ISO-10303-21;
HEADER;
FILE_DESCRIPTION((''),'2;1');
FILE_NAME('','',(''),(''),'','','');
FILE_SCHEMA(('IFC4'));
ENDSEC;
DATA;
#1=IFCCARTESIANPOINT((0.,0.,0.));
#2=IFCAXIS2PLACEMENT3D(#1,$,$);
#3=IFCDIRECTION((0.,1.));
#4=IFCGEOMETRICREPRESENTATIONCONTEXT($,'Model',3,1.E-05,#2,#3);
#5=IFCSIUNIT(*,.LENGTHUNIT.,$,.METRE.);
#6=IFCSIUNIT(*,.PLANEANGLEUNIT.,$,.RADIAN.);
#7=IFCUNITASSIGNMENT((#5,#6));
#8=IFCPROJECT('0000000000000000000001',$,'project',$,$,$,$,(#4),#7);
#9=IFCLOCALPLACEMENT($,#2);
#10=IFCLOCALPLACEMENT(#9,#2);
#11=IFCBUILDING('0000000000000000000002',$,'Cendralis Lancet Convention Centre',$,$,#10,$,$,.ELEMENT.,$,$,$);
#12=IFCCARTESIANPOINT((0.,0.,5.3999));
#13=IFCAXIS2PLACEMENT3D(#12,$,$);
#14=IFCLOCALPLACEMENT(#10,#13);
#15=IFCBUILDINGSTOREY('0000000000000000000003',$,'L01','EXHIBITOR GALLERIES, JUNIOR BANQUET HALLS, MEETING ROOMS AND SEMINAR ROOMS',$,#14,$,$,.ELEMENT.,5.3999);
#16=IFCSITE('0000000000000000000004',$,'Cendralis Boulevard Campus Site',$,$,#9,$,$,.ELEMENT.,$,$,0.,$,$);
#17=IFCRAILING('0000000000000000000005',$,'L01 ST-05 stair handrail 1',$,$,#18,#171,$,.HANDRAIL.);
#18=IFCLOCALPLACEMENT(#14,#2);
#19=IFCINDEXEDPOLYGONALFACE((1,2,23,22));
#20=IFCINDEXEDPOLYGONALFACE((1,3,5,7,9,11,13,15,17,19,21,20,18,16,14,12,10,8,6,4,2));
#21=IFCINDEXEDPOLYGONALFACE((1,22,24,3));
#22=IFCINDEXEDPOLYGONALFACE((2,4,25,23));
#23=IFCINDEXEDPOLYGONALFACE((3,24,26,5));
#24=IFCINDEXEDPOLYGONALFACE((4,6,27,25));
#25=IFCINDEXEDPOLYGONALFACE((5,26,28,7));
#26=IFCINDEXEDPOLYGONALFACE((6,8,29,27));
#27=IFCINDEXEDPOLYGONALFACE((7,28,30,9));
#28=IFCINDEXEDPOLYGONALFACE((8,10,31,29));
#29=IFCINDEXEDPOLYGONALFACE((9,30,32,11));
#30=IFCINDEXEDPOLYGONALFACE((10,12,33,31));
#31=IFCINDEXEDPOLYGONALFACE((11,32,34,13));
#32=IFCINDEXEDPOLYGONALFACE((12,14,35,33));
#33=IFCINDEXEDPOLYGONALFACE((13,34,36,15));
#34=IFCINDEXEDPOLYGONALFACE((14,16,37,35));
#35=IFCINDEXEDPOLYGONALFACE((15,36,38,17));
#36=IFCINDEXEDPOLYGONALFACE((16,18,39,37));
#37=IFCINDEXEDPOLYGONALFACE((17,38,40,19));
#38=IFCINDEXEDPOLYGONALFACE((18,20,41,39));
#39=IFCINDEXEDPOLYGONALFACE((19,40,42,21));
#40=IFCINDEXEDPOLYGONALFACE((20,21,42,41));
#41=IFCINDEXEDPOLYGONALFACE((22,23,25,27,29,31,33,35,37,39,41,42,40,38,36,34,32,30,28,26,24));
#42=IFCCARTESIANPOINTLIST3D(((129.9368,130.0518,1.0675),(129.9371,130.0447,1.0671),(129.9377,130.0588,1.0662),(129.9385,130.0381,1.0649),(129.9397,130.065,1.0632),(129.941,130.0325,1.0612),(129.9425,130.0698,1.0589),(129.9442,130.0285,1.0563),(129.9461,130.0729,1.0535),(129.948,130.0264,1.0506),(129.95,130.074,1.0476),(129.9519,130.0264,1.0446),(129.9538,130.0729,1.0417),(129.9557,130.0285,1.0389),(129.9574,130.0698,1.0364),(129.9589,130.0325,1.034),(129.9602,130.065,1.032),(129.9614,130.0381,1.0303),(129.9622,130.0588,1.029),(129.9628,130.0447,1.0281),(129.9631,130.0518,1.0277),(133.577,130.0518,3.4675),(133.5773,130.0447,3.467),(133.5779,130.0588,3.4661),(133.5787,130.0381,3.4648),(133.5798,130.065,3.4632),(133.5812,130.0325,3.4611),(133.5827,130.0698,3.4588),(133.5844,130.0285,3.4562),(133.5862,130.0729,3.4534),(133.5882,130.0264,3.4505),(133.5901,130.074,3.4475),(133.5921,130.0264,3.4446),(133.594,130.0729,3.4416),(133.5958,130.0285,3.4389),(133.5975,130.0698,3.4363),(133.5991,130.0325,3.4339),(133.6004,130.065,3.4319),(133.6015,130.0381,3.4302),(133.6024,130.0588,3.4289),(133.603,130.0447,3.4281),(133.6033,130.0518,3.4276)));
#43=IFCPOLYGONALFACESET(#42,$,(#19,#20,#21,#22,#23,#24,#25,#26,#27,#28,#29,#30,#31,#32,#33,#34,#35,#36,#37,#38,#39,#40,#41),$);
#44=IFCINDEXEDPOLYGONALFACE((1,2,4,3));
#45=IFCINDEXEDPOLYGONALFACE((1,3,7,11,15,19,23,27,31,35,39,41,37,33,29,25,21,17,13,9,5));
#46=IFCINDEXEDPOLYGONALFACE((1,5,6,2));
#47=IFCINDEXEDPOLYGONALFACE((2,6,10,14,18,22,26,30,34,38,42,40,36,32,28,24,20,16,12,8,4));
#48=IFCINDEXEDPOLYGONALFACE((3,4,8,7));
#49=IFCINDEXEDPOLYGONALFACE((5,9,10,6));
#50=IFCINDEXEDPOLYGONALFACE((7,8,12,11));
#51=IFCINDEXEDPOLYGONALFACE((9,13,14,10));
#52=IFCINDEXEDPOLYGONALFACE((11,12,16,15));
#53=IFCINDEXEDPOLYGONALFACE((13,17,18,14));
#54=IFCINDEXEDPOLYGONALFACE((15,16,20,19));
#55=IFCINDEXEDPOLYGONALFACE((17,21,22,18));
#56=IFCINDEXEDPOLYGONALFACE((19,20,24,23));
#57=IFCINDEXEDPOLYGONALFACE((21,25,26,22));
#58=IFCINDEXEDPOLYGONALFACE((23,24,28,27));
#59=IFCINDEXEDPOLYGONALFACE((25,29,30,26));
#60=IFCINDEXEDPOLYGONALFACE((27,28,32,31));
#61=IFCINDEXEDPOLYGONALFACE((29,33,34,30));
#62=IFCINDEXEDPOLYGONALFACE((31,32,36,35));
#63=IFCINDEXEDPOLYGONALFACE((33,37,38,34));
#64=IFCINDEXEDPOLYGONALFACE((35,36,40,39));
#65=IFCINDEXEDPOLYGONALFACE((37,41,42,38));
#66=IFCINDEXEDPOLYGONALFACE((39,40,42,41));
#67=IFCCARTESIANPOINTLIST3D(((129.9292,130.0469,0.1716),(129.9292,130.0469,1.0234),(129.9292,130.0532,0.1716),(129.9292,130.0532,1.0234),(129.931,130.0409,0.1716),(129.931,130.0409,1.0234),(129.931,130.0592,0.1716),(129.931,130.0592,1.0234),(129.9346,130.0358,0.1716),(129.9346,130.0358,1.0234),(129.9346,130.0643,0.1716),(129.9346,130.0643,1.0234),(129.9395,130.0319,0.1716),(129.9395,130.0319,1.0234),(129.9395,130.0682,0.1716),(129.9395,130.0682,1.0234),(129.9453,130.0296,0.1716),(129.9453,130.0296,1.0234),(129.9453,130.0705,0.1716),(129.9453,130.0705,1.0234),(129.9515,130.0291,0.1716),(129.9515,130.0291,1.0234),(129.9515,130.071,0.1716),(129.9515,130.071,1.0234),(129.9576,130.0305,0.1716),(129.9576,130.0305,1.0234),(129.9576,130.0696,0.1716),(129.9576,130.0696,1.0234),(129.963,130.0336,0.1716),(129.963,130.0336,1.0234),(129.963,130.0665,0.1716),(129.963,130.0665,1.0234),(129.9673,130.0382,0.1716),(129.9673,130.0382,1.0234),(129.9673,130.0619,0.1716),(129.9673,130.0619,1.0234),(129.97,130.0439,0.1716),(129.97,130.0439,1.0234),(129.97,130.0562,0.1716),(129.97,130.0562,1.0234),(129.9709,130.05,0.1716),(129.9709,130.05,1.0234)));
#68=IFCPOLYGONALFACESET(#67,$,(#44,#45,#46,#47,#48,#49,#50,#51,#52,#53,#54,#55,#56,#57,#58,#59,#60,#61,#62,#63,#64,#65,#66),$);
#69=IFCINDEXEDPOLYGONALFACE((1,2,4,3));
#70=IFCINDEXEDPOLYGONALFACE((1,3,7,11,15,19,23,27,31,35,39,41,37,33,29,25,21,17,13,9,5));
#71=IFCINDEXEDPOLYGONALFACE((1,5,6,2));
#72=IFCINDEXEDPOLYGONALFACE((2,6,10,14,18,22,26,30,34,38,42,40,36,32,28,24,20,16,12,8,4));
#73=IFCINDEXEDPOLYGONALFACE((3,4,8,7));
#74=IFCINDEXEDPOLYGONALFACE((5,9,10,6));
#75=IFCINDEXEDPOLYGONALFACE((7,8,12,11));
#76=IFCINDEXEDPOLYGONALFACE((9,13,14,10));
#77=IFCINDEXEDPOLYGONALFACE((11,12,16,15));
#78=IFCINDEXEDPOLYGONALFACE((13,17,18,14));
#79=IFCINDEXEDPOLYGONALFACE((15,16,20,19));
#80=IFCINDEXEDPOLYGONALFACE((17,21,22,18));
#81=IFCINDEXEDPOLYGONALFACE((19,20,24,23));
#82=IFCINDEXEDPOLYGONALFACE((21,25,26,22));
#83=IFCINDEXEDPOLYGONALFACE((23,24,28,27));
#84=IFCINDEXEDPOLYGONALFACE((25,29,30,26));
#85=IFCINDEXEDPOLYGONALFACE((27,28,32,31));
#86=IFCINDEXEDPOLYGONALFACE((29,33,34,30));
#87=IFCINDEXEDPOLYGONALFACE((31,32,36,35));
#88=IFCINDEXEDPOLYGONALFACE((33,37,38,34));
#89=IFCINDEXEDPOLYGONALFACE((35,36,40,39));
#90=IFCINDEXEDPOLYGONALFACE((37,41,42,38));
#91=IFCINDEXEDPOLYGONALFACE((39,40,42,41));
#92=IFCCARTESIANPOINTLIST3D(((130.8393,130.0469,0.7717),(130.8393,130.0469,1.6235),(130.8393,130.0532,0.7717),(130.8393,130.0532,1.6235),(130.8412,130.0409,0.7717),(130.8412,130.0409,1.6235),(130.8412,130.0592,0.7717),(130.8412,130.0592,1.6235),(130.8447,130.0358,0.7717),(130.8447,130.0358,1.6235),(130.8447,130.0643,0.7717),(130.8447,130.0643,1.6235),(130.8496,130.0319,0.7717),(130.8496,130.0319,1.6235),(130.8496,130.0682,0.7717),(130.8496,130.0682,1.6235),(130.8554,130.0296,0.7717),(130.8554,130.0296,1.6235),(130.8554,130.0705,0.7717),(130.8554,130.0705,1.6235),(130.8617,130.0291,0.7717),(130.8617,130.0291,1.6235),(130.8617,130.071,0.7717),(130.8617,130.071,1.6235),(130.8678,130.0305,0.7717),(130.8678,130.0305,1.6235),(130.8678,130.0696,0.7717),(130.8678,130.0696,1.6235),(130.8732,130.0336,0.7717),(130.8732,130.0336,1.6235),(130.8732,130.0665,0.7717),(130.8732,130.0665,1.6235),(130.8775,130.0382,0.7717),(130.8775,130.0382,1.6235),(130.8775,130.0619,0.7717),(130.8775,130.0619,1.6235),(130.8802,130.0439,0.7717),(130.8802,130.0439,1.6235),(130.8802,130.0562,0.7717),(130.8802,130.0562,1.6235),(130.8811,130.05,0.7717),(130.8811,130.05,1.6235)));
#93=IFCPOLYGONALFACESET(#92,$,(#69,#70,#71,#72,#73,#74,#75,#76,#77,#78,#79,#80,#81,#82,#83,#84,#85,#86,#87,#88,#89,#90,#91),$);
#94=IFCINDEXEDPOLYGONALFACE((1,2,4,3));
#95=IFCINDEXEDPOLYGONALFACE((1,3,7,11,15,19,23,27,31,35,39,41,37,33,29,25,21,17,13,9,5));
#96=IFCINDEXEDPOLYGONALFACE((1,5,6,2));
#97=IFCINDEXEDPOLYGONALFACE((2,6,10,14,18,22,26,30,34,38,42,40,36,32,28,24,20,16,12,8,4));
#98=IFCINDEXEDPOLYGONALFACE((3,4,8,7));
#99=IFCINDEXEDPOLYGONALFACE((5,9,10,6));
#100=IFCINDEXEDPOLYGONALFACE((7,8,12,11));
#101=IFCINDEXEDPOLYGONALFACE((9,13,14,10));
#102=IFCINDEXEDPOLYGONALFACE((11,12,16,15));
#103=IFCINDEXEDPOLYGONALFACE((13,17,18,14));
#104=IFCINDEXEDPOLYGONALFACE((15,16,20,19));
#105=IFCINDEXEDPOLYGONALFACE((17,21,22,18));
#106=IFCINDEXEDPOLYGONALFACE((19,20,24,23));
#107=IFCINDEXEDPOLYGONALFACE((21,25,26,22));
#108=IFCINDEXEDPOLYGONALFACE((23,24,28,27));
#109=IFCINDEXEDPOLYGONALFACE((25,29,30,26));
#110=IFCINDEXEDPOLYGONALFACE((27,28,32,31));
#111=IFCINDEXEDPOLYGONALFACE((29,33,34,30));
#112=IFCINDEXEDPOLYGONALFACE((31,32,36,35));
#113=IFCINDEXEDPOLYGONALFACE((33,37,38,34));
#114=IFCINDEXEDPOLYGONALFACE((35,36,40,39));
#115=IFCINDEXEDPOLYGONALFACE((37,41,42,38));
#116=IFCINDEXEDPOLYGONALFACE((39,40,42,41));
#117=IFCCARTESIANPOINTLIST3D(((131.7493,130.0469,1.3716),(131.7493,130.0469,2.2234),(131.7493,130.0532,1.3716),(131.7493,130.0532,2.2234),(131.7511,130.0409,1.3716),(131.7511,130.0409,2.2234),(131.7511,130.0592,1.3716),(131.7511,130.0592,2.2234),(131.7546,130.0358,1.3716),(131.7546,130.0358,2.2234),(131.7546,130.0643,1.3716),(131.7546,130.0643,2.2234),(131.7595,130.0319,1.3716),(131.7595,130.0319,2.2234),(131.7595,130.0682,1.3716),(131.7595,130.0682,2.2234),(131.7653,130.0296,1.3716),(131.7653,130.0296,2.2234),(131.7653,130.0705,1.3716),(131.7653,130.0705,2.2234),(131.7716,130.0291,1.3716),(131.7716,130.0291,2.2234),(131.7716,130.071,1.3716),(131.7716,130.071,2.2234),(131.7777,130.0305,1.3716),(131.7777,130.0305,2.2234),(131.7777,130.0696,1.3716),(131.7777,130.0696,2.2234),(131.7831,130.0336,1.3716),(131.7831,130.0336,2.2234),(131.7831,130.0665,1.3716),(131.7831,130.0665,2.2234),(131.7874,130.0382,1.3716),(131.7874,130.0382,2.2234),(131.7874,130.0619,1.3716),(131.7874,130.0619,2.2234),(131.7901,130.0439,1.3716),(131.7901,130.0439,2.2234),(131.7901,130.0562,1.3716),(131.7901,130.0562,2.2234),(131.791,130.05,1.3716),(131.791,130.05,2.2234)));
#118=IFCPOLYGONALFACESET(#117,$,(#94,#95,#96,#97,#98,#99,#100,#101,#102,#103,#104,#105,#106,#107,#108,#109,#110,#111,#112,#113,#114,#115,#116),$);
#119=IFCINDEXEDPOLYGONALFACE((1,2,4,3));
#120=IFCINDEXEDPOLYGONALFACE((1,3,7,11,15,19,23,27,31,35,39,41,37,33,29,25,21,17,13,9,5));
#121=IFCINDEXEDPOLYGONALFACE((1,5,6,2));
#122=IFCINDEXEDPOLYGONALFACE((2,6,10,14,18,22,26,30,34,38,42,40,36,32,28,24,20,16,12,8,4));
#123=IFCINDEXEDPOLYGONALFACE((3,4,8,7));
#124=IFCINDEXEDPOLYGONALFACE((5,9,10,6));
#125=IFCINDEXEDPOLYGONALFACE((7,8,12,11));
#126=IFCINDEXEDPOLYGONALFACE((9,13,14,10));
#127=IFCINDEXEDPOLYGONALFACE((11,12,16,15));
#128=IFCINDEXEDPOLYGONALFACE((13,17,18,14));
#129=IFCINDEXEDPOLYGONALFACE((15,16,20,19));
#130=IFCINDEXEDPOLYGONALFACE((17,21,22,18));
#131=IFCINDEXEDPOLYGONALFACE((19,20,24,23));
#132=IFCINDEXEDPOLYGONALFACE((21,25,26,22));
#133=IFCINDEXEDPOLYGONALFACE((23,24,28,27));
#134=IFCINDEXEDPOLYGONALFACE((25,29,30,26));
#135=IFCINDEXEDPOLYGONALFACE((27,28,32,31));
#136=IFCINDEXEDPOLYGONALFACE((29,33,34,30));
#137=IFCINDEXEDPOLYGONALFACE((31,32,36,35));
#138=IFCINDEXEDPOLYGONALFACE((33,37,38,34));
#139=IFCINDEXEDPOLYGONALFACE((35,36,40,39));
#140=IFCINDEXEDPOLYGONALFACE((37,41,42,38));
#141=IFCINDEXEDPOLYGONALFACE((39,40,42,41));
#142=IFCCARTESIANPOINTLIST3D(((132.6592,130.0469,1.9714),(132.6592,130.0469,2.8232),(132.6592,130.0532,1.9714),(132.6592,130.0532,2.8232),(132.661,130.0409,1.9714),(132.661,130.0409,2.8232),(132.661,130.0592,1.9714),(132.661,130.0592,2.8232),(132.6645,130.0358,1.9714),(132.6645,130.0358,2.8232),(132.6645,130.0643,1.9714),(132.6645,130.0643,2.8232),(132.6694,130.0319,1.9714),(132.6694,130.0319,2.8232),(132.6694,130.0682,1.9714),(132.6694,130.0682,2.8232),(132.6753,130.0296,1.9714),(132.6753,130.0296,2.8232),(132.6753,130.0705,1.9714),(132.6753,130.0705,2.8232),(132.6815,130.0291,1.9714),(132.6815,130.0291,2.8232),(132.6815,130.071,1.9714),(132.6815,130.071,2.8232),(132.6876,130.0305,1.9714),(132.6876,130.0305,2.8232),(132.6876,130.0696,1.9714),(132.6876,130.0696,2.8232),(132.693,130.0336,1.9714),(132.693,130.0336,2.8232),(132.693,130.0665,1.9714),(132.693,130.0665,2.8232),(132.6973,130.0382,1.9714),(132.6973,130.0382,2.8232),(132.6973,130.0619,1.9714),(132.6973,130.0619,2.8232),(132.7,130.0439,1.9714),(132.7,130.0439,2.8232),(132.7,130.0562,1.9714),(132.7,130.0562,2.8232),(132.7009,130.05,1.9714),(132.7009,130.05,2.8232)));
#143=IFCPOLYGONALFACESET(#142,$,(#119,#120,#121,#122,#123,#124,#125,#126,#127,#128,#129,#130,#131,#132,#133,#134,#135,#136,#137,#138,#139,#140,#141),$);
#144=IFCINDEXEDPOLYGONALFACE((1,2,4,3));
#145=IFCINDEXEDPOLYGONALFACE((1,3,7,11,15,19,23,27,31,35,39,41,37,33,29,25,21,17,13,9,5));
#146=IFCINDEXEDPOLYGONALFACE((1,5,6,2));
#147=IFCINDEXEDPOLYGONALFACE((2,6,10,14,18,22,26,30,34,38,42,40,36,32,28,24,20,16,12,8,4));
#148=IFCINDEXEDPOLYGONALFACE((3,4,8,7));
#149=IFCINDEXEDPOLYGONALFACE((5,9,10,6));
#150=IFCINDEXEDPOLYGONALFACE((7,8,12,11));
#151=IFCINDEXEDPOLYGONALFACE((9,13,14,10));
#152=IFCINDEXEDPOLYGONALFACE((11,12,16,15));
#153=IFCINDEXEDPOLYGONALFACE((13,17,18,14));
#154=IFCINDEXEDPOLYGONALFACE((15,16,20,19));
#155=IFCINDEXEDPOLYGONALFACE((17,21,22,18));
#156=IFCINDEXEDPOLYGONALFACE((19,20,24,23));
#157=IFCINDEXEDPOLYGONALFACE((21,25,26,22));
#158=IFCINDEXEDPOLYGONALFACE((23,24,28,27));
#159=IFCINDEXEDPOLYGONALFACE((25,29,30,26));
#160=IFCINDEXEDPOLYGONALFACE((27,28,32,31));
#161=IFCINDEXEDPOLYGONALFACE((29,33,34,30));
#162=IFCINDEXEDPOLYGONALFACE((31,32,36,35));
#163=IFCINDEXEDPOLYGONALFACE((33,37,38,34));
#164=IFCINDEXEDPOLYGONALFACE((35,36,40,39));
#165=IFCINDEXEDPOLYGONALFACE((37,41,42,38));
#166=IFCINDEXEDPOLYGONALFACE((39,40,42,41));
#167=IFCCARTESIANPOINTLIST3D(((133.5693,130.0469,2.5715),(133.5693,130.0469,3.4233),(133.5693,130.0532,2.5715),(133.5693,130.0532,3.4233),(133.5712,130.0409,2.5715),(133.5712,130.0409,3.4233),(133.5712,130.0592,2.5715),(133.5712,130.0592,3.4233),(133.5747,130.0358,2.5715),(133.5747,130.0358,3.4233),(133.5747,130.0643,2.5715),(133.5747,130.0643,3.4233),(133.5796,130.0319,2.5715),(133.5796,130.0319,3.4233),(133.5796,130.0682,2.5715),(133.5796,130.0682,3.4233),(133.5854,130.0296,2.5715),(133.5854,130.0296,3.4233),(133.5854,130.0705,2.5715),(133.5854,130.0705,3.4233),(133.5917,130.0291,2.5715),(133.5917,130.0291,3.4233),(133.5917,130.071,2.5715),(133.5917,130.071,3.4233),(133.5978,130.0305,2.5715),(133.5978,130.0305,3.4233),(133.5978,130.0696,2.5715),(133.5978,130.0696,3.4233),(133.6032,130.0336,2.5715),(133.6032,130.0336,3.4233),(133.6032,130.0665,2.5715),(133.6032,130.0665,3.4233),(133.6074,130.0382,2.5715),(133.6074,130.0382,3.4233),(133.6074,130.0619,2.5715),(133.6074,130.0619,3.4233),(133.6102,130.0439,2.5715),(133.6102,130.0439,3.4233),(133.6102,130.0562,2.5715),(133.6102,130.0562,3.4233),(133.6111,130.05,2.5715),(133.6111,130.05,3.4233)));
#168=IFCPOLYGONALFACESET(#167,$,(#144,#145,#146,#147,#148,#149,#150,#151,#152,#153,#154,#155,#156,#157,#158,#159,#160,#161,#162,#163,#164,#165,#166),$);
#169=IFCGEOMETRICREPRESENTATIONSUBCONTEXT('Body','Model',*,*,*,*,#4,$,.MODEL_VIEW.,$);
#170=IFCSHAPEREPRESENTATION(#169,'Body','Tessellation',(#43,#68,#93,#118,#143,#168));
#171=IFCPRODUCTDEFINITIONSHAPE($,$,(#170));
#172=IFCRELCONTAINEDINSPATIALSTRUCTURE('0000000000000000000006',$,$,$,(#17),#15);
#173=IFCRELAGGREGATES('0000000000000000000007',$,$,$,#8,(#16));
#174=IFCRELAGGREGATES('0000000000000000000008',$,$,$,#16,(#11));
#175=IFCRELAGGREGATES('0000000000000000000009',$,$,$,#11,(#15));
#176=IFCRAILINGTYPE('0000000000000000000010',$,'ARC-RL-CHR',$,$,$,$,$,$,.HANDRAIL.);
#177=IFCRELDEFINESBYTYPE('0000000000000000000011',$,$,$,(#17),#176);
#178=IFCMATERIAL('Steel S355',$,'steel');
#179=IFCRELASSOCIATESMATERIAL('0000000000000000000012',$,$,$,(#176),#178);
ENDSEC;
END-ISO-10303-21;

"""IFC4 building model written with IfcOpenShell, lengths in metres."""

from ifc_helpers import new_model, si_unit, direction, frame, origin, origin_2d, place, context, subcontext, project, spatial, circle, extrude, material, type_object, element, save


model = new_model("IFC4")

# Units and contexts
model_context = context("Model", 3, precision=1e-05, world=origin(), true_north=direction((0.0, 1.0)))
body_context = subcontext(model_context, "Body", "Model", "MODEL_VIEW")
ifc_project = project(units=[si_unit("LENGTHUNIT", "METRE"), si_unit("PLANEANGLEUNIT", "RADIAN")], contexts=[model_context])

# Site, building, storey
site_placement = place(None, origin())
site = spatial("IfcSite", under=ifc_project, at=site_placement, Name="Cendralis Boulevard Campus Site", CompositionType="ELEMENT", RefElevation=0.0)
building_placement = place(site_placement, origin())
building = spatial("IfcBuilding", under=site, at=building_placement, Name="Cendralis Lancet Convention Centre", CompositionType="ELEMENT")
storey_placement = place(building_placement, frame((0.0, 0.0, 5.3999)))
storey = spatial("IfcBuildingStorey", under=building, at=storey_placement, Name="L01", Description="EXHIBITOR GALLERIES, JUNIOR BANQUET HALLS, MEETING ROOMS AND SEMINAR ROOMS", CompositionType="ELEMENT", Elevation=5.3999)

# Shared definitions
ifc_material_1 = material(Name="Steel S355", Category="steel")

# Railing
railing_type_1 = type_object("IfcRailingType", Name="ARC-RL-CHR", PredefinedType="HANDRAIL", material=ifc_material_1)
railing_1_placement = place(storey_placement, frame((129.95, 130.05, 0.1716)))
element("IfcRailing", 1, at=railing_1_placement, inside=storey, type_object=railing_type_1, Name="L01 ST-05 stair handrail 1", PredefinedType="HANDRAIL", context=body_context, shape_type="SweptSolid", body=[
    extrude(circle(Radius=0.0239, at=origin_2d()), frame((0.0, 0.0, 0.876), z_axis=(0.834882, 0.0, 0.550429), x_axis=(0.0, 1.0, 0.0)), (0.0, 0.0, 1.0), 4.3601),
    extrude(circle(Radius=0.021, at=origin_2d()), origin(), (0.0, 0.0, 1.0), 0.8518),
    extrude(circle(Radius=0.021, at=origin_2d()), frame((0.9102, 0.0, 0.6001)), (0.0, 0.0, 1.0), 0.8518),
    extrude(circle(Radius=0.021, at=origin_2d()), frame((1.8201, 0.0, 1.2)), (0.0, 0.0, 1.0), 0.8518),
    extrude(circle(Radius=0.021, at=origin_2d()), frame((2.73, 0.0, 1.7998)), (0.0, 0.0, 1.0), 0.8518),
    extrude(circle(Radius=0.021, at=origin_2d()), frame((3.6401, 0.0, 2.3999)), (0.0, 0.0, 1.0), 0.8518),
])

save(model, "model.ifc")
